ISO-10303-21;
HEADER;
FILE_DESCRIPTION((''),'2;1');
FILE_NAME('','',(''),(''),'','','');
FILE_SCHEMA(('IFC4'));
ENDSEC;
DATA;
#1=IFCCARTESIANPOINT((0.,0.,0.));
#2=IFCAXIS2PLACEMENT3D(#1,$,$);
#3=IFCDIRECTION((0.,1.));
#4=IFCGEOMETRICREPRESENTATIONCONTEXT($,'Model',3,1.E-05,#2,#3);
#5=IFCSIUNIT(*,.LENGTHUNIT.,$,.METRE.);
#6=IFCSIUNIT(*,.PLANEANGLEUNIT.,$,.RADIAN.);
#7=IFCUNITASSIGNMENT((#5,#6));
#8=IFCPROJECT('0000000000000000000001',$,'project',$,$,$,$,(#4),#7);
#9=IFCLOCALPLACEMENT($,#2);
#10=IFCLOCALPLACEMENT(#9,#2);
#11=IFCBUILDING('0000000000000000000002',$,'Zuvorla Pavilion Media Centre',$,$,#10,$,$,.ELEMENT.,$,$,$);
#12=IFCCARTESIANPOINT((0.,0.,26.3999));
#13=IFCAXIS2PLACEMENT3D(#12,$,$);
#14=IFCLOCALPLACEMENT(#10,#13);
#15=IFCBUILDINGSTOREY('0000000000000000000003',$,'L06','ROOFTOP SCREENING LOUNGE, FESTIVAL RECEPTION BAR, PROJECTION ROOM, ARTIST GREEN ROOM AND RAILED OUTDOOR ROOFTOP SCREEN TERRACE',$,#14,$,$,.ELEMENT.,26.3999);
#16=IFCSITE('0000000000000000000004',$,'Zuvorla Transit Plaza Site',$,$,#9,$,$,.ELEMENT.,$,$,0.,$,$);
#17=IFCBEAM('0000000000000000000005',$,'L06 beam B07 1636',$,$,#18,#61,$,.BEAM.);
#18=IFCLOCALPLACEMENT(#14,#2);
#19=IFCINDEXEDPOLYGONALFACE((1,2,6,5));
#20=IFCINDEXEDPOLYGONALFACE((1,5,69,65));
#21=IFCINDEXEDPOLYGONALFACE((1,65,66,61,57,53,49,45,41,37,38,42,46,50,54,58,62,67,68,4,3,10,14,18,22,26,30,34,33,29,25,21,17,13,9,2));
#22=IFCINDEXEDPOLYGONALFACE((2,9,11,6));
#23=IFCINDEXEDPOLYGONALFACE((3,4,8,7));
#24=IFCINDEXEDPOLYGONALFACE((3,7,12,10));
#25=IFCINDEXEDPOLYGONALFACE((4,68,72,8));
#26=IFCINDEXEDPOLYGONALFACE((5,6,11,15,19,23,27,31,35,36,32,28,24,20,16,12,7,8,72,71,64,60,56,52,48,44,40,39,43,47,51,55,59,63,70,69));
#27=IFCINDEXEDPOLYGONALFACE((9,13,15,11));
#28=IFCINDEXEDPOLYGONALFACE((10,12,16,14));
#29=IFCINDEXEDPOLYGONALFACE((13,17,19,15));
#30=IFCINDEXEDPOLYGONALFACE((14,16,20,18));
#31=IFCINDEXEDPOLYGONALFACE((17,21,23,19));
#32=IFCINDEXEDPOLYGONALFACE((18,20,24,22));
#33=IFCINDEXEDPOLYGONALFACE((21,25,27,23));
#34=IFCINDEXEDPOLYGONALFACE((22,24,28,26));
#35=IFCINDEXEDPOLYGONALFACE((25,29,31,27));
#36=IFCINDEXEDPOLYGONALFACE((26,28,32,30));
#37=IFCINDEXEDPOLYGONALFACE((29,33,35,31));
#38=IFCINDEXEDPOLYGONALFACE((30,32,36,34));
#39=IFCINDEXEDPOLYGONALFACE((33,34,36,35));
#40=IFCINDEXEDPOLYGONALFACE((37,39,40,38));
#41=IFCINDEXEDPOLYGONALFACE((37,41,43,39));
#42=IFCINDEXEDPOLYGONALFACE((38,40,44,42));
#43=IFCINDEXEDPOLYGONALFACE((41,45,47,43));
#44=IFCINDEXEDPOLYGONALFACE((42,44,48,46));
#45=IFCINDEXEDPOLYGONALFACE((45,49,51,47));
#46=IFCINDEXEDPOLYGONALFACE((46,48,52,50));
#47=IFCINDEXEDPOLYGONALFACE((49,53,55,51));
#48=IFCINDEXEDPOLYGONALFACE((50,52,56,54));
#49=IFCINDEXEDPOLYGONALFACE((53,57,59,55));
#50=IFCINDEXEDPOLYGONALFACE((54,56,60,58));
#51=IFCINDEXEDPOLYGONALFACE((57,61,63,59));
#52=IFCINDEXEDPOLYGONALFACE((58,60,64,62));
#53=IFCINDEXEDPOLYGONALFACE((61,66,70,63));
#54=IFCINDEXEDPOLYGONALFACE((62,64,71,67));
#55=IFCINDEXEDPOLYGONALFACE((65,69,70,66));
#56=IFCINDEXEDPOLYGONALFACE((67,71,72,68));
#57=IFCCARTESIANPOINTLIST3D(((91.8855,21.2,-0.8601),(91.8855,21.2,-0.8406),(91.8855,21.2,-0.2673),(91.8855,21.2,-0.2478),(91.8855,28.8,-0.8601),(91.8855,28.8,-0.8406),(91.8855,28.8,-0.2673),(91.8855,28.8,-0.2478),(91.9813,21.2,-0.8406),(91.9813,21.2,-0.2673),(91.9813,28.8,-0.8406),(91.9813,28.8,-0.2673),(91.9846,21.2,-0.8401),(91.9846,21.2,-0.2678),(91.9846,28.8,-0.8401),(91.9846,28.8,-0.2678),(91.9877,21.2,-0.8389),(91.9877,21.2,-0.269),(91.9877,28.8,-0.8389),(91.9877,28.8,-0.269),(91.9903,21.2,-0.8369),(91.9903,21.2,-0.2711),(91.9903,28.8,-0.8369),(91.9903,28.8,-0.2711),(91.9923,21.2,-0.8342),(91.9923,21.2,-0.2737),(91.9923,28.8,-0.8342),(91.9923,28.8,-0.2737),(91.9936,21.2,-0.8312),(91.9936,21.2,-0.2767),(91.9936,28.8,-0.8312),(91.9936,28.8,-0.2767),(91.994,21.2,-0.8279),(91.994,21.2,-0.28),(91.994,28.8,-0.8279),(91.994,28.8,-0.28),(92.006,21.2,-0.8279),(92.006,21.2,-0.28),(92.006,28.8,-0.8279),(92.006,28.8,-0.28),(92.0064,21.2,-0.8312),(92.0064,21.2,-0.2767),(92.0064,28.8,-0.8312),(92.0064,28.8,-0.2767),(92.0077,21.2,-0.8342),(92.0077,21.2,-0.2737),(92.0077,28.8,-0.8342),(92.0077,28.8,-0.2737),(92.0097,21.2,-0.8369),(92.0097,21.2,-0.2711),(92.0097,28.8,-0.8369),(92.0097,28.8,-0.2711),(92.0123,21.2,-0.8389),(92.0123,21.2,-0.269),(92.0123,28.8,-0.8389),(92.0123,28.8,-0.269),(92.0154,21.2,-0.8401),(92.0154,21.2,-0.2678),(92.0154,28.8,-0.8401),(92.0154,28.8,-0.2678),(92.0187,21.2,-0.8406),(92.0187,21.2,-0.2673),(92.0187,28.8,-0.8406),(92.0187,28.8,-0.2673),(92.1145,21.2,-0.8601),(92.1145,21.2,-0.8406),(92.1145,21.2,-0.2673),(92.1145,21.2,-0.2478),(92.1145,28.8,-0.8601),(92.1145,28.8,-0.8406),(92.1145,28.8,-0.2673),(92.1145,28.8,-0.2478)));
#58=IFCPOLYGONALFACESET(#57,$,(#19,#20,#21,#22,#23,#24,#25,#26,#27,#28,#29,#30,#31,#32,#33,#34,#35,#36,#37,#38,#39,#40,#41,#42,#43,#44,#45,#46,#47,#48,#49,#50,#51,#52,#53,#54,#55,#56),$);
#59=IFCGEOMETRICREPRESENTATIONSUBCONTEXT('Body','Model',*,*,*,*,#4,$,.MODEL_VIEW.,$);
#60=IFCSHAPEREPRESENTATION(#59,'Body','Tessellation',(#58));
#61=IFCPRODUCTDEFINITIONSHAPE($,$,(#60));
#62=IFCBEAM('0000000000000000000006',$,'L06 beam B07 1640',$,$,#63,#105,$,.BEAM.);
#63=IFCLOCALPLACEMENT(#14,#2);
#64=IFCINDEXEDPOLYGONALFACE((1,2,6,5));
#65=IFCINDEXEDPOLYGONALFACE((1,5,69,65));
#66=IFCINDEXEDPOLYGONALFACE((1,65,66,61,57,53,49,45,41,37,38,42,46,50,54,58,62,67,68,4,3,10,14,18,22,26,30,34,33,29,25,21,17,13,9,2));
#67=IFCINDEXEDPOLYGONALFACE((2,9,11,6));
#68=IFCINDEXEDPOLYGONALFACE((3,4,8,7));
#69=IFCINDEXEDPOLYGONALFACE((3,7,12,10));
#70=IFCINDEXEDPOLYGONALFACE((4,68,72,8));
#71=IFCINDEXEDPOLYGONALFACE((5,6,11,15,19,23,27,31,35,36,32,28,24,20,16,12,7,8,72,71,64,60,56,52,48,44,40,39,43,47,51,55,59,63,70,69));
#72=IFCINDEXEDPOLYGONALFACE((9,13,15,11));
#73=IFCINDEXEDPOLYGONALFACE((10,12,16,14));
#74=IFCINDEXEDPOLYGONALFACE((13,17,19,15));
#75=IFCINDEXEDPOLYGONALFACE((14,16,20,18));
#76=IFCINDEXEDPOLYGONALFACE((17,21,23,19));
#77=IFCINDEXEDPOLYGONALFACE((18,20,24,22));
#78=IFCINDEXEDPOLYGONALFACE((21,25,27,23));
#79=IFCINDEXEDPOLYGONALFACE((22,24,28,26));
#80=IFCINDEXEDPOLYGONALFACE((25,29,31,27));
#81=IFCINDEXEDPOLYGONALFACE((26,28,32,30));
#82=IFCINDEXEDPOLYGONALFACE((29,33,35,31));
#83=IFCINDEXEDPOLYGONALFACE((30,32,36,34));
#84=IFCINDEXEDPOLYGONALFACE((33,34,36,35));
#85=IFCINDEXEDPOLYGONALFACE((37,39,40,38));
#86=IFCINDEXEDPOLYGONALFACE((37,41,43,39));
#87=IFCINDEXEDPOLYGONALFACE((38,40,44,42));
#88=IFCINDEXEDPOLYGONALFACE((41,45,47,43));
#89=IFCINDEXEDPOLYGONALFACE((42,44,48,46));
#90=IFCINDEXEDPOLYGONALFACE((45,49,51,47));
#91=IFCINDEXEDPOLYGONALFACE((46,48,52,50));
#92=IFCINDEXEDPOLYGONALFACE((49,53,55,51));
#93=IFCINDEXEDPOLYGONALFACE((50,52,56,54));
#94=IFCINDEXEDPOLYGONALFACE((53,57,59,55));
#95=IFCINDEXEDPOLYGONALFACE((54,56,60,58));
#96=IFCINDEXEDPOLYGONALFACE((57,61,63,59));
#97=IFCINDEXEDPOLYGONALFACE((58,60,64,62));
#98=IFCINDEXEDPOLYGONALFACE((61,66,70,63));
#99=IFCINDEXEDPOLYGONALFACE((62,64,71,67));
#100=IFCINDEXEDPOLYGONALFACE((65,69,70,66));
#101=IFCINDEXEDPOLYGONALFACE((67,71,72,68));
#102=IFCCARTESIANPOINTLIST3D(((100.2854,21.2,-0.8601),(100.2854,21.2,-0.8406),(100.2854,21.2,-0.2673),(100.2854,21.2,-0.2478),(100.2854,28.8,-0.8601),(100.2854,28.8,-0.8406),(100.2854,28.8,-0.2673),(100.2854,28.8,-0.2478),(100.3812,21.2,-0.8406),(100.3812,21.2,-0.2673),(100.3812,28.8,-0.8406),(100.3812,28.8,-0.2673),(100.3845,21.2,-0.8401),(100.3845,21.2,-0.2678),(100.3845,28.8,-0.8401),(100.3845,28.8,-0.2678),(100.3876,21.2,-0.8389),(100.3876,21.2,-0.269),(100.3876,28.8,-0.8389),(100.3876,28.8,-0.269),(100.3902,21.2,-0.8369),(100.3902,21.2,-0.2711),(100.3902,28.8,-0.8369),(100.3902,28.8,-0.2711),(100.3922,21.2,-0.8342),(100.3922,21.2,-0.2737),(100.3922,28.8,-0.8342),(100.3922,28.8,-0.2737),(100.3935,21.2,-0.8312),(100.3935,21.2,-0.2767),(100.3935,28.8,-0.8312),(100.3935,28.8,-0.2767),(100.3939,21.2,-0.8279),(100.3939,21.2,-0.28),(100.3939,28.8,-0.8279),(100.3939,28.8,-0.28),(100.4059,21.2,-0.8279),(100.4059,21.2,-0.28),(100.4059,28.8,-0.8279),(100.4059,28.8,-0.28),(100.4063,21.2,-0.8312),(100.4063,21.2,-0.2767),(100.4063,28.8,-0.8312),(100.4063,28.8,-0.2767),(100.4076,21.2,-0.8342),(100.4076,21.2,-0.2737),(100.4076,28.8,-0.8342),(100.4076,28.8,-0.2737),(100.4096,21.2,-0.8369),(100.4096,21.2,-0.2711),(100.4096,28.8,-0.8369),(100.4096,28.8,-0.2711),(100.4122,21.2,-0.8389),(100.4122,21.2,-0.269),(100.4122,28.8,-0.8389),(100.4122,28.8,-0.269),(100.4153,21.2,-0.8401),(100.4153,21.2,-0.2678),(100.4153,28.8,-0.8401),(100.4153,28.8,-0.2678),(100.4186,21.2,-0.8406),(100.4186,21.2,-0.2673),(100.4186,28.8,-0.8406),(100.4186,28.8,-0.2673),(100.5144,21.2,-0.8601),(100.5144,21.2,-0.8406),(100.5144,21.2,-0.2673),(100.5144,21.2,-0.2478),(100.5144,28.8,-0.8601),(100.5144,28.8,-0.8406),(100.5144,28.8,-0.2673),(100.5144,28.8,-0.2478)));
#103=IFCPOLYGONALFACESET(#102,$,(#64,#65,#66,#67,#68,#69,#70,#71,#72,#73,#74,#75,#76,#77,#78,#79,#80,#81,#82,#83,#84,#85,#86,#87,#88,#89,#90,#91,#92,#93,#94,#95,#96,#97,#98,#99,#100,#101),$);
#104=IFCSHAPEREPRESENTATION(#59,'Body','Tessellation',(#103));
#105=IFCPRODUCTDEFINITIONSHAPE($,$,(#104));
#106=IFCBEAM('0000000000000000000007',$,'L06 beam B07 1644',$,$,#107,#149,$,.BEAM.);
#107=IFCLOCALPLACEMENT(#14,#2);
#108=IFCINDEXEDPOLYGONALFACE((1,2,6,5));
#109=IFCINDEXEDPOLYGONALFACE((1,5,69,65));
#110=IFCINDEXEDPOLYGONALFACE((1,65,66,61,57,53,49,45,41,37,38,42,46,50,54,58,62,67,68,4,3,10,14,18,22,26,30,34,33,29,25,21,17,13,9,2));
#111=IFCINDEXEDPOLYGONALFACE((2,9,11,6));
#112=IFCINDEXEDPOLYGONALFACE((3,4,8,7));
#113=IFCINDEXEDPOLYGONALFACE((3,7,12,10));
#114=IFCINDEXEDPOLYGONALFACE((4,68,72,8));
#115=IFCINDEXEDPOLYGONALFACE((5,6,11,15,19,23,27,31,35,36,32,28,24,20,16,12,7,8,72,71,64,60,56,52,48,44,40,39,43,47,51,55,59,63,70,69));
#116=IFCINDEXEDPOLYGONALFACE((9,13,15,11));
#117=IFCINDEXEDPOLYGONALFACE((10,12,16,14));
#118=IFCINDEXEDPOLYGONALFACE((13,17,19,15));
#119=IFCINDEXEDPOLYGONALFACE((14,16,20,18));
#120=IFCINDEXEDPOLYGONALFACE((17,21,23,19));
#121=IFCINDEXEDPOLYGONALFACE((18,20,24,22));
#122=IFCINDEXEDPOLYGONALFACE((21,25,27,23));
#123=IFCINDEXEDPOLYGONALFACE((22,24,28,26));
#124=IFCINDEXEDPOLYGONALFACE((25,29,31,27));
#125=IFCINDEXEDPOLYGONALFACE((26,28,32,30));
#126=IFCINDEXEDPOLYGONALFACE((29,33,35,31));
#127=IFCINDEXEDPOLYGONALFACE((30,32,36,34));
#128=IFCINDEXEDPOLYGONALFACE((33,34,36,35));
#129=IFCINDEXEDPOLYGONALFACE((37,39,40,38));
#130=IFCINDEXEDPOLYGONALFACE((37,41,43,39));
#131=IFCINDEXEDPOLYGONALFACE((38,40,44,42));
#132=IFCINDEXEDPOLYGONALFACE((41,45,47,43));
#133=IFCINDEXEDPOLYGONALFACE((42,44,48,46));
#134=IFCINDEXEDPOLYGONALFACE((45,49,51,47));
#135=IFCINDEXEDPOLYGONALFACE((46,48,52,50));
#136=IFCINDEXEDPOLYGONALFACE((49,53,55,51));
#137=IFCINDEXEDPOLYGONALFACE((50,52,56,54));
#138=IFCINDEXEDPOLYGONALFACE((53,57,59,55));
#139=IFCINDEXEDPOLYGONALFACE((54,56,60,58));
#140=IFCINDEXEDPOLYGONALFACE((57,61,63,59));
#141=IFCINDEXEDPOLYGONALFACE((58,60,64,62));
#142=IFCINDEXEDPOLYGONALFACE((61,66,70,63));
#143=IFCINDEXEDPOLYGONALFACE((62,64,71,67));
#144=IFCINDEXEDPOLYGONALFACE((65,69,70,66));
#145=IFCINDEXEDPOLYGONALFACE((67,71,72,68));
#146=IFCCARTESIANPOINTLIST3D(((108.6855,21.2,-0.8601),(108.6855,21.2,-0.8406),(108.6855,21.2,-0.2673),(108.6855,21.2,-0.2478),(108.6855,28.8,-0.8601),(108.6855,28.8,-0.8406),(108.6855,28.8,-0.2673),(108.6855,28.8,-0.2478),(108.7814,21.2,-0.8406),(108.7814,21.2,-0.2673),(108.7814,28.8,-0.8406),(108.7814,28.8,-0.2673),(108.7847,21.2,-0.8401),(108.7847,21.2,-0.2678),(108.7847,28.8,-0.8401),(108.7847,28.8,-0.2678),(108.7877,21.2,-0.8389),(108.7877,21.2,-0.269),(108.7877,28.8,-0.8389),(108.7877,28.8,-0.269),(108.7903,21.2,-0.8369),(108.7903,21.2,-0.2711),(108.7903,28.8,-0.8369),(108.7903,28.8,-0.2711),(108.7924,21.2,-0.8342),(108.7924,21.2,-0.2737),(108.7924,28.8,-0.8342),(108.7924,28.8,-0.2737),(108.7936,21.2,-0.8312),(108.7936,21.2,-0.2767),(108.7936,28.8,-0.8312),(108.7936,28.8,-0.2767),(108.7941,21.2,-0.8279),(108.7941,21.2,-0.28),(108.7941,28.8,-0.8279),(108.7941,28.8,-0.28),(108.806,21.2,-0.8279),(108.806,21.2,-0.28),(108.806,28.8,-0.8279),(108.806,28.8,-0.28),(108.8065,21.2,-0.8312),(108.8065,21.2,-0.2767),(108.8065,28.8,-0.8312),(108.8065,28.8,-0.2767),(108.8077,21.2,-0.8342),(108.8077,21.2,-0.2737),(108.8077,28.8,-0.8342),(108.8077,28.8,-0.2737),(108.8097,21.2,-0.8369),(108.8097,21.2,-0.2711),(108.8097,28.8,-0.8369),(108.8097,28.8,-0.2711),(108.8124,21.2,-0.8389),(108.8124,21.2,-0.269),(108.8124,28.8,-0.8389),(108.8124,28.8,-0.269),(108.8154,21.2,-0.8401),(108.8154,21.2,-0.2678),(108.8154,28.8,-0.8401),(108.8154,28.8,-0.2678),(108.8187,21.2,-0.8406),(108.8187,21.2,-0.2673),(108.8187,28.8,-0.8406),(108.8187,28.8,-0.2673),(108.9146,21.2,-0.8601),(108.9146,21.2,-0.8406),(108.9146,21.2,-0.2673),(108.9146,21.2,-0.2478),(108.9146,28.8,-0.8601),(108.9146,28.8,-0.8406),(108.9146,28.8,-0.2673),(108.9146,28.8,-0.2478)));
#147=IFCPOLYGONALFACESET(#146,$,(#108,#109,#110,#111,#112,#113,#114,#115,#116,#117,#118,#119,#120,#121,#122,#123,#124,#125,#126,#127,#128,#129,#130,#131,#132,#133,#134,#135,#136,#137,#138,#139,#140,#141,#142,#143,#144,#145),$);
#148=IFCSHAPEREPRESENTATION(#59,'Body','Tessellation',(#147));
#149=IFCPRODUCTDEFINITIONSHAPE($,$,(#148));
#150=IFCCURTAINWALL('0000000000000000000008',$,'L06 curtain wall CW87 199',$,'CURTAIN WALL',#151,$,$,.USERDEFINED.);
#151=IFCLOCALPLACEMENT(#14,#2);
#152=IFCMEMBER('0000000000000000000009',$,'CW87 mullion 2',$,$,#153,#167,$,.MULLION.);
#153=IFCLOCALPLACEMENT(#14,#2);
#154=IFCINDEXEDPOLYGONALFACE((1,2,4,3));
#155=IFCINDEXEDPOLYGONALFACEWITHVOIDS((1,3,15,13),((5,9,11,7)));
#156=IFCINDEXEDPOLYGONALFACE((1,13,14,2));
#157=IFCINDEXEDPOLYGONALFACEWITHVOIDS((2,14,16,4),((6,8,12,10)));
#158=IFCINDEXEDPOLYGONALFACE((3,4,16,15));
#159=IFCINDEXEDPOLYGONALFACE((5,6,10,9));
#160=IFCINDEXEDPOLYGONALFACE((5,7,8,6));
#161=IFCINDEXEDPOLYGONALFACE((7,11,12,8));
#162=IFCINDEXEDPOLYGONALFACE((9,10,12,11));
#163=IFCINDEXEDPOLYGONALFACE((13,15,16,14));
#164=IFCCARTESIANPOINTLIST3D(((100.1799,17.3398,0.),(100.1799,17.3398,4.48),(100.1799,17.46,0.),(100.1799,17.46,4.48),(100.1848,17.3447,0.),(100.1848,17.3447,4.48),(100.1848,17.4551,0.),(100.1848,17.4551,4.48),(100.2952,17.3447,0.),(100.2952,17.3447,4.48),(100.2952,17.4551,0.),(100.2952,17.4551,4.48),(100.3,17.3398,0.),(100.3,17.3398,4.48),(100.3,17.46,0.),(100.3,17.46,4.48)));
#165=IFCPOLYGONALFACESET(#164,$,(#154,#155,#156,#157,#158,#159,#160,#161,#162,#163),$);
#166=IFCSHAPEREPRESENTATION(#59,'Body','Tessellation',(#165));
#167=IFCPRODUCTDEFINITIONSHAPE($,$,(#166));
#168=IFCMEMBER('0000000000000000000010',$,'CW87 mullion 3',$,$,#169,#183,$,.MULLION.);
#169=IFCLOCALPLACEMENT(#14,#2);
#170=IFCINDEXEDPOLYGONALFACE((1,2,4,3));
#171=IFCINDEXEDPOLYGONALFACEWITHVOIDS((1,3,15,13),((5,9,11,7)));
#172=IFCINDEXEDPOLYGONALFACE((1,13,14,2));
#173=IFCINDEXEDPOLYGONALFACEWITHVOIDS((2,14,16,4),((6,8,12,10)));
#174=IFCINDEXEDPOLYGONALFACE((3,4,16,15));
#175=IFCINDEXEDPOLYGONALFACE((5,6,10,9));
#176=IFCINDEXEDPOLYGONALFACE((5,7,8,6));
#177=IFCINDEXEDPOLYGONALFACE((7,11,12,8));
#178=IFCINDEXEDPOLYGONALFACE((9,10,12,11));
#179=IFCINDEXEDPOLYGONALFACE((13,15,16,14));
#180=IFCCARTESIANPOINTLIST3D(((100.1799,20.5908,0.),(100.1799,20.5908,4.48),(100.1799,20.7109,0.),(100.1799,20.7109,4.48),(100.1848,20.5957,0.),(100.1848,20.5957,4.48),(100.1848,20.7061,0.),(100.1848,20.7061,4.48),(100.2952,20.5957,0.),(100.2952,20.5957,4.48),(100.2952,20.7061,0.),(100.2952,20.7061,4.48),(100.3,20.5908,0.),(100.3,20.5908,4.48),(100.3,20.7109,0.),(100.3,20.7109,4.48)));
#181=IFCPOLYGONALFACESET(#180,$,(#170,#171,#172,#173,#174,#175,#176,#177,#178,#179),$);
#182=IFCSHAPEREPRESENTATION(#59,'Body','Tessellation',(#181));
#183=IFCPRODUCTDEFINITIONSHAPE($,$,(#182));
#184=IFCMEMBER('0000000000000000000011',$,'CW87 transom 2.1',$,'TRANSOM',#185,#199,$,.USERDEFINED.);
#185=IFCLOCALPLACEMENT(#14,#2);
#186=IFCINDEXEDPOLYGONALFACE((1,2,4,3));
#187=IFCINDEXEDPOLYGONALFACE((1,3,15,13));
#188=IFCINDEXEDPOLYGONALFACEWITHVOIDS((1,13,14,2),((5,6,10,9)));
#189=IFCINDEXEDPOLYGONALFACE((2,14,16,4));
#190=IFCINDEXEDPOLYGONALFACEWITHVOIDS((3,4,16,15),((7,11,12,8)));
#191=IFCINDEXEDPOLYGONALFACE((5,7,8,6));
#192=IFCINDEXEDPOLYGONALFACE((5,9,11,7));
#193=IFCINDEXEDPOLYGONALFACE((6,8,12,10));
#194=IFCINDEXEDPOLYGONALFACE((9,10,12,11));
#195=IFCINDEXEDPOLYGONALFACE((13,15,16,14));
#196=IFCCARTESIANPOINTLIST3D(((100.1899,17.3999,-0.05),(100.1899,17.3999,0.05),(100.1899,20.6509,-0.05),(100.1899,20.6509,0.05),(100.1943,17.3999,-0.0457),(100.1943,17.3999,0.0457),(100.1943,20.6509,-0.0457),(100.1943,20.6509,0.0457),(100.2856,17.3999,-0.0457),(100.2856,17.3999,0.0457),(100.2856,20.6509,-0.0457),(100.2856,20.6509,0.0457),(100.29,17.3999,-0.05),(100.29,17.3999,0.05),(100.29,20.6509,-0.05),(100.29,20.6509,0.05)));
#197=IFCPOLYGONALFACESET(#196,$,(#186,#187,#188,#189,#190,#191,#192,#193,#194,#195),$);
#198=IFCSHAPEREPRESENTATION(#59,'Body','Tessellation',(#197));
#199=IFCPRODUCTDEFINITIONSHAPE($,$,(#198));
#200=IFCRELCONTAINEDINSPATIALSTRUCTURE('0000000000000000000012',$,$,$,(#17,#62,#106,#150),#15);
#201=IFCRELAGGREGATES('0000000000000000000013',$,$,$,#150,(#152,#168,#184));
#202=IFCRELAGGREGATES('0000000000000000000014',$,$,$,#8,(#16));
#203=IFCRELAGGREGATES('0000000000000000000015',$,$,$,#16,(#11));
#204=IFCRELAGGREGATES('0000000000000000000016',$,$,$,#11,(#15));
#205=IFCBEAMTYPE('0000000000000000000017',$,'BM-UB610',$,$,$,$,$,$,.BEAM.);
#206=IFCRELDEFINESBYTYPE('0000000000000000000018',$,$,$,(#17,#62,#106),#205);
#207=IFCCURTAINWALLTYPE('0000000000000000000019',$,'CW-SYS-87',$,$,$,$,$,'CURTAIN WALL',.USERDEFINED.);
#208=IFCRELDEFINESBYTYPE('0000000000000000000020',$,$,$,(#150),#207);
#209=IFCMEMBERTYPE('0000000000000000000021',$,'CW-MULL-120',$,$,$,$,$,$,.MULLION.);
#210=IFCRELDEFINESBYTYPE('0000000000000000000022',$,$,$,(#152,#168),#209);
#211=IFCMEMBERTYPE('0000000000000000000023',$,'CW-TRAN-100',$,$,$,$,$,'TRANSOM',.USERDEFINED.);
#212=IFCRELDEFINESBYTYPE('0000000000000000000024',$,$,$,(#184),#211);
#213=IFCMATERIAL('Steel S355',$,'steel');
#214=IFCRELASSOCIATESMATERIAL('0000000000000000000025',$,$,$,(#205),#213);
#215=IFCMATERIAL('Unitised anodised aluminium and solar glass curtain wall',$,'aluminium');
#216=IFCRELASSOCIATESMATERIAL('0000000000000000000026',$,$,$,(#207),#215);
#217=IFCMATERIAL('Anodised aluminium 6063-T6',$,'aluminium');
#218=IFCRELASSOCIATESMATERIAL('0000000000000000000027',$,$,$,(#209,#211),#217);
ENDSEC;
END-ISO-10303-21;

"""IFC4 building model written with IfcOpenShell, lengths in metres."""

from ifc_helpers import new_model, si_unit, direction, frame, origin, origin_2d, place, context, subcontext, project, spatial, hollow_rectangle, i_section, extrude, material, material_profile, profile_set, type_object, element, aggregate, save


model = new_model("IFC4")

# Units and contexts
model_context = context("Model", 3, precision=1e-05, world=origin(), true_north=direction((0.0, 1.0)))
body_context = subcontext(model_context, "Body", "Model", "MODEL_VIEW")
ifc_project = project(units=[si_unit("LENGTHUNIT", "METRE"), si_unit("PLANEANGLEUNIT", "RADIAN")], contexts=[model_context])

# Site, building, storey
site_placement = place(None, origin())
site = spatial("IfcSite", under=ifc_project, at=site_placement, Name="Zuvorla Transit Plaza Site", CompositionType="ELEMENT", RefElevation=0.0)
building_placement = place(site_placement, origin())
building = spatial("IfcBuilding", under=site, at=building_placement, Name="Zuvorla Pavilion Media Centre", CompositionType="ELEMENT")
storey_placement = place(building_placement, frame((0.0, 0.0, 26.3999)))
storey = spatial("IfcBuildingStorey", under=building, at=storey_placement, Name="L06", Description="ROOFTOP SCREENING LOUNGE, FESTIVAL RECEPTION BAR, PROJECTION ROOM, ARTIST GREEN ROOM AND RAILED OUTDOOR ROOFTOP SCREEN TERRACE", CompositionType="ELEMENT", Elevation=26.3999)

# Shared definitions
ifc_material_1 = material(Name="Steel S355", Category="steel")

# Beams
ifc_material_profile_1 = material_profile(ifc_material_1, i_section(OverallWidth=0.229, OverallDepth=0.6123, WebThickness=0.012, FlangeThickness=0.0195, FilletRadius=0.0127, at=origin_2d()), Name="UB 610x229x125")
ifc_profile_set_1 = profile_set([ifc_material_profile_1], Name="Steel S355")
beam_type_1 = type_object("IfcBeamType", Name="BM-UB610", PredefinedType="BEAM", material=ifc_profile_set_1)
for number, where, z_axis, x_axis, name in (
    (1, (92.0, 21.2, -0.554), (0.0, 1.0, 0.0), (-1.0, 0.0, 0.0), "L06 beam B07 1636"),
    (2, (100.3999, 21.2, -0.554), (0.0, 1.0, 0.0), (-1.0, 0.0, 0.0), "L06 beam B07 1640"),
    (3, (108.8, 21.2, -0.554), (0.0, 1.0, 0.0), (-1.0, 0.0, 0.0), "L06 beam B07 1644"),
):
    element("IfcBeam", number, at=place(storey_placement, frame(where, z_axis=z_axis, x_axis=x_axis)), inside=storey, type_object=beam_type_1, Name=name, PredefinedType="BEAM", context=body_context, shape_type="SweptSolid", body=[
        extrude(i_section(OverallWidth=0.229, OverallDepth=0.6123, WebThickness=0.012, FlangeThickness=0.0195, FilletRadius=0.0127, at=origin_2d()), origin(), (0.0, 0.0, 1.0), 7.6001),
    ])

# Curtain wall, members
ifc_material_2 = material(Name="Unitised anodised aluminium and solar glass curtain wall", Category="aluminium")
curtain_wall_type = type_object("IfcCurtainWallType", Name="CW-SYS-87", ElementType="CURTAIN WALL", PredefinedType="USERDEFINED", material=ifc_material_2)
curtain_wall_placement = place(storey_placement, origin())
curtain_wall = element("IfcCurtainWall", 4, at=curtain_wall_placement, inside=storey, type_object=curtain_wall_type, Name="L06 curtain wall CW87 199", ObjectType="CURTAIN WALL", PredefinedType="USERDEFINED")
ifc_material_3 = material(Name="Anodised aluminium 6063-T6", Category="aluminium")
ifc_material_profile_2 = material_profile(ifc_material_3, hollow_rectangle(XDim=0.1201, YDim=0.1201, WallThickness=0.0049, at=origin_2d()), Name="ALU MULL 120x120")
ifc_profile_set_2 = profile_set([ifc_material_profile_2], Name="Anodised aluminium 6063-T6")
member_type_1 = type_object("IfcMemberType", Name="CW-MULL-120", PredefinedType="MULLION", material=ifc_profile_set_2)
member_1_placement = place(storey_placement, frame((100.24, 17.3999, 0.0), z_axis=(0.0, 0.0, 1.0), x_axis=(1.0, 0.0, 0.0)))
member_1 = element("IfcMember", 5, at=member_1_placement, type_object=member_type_1, Name="CW87 mullion 2", PredefinedType="MULLION", context=body_context, shape_type="SweptSolid", body=[
    extrude(hollow_rectangle(XDim=0.1201, YDim=0.1201, WallThickness=0.0049, at=origin_2d()), origin(), (0.0, 0.0, 1.0), 4.48),
])
member_2_placement = place(storey_placement, frame((100.24, 20.6509, 0.0), z_axis=(0.0, 0.0, 1.0), x_axis=(1.0, 0.0, 0.0)))
member_2 = element("IfcMember", 6, at=member_2_placement, type_object=member_type_1, Name="CW87 mullion 3", PredefinedType="MULLION", context=body_context, shape_type="SweptSolid", body=[
    extrude(hollow_rectangle(XDim=0.1201, YDim=0.1201, WallThickness=0.0049, at=origin_2d()), origin(), (0.0, 0.0, 1.0), 4.48),
])
ifc_material_profile_3 = material_profile(ifc_material_3, hollow_rectangle(XDim=0.1001, YDim=0.1001, WallThickness=0.0044, at=origin_2d()), Name="ALU TRAN 100x100")
ifc_profile_set_3 = profile_set([ifc_material_profile_3], Name="Anodised aluminium 6063-T6")
member_type_2 = type_object("IfcMemberType", Name="CW-TRAN-100", ElementType="TRANSOM", PredefinedType="USERDEFINED", material=ifc_profile_set_3)
member_3_placement = place(storey_placement, frame((100.24, 17.3999, 0.0), z_axis=(0.0, 1.0, 0.0), x_axis=(-1.0, 0.0, 0.0)))
member_3 = element("IfcMember", 7, at=member_3_placement, type_object=member_type_2, Name="CW87 transom 2.1", ObjectType="TRANSOM", PredefinedType="USERDEFINED", context=body_context, shape_type="SweptSolid", body=[
    extrude(hollow_rectangle(XDim=0.1001, YDim=0.1001, WallThickness=0.0044, at=origin_2d()), origin(), (0.0, 0.0, 1.0), 3.251),
])
aggregate(curtain_wall, [member_1, member_2, member_3])

save(model, "model.ifc")
